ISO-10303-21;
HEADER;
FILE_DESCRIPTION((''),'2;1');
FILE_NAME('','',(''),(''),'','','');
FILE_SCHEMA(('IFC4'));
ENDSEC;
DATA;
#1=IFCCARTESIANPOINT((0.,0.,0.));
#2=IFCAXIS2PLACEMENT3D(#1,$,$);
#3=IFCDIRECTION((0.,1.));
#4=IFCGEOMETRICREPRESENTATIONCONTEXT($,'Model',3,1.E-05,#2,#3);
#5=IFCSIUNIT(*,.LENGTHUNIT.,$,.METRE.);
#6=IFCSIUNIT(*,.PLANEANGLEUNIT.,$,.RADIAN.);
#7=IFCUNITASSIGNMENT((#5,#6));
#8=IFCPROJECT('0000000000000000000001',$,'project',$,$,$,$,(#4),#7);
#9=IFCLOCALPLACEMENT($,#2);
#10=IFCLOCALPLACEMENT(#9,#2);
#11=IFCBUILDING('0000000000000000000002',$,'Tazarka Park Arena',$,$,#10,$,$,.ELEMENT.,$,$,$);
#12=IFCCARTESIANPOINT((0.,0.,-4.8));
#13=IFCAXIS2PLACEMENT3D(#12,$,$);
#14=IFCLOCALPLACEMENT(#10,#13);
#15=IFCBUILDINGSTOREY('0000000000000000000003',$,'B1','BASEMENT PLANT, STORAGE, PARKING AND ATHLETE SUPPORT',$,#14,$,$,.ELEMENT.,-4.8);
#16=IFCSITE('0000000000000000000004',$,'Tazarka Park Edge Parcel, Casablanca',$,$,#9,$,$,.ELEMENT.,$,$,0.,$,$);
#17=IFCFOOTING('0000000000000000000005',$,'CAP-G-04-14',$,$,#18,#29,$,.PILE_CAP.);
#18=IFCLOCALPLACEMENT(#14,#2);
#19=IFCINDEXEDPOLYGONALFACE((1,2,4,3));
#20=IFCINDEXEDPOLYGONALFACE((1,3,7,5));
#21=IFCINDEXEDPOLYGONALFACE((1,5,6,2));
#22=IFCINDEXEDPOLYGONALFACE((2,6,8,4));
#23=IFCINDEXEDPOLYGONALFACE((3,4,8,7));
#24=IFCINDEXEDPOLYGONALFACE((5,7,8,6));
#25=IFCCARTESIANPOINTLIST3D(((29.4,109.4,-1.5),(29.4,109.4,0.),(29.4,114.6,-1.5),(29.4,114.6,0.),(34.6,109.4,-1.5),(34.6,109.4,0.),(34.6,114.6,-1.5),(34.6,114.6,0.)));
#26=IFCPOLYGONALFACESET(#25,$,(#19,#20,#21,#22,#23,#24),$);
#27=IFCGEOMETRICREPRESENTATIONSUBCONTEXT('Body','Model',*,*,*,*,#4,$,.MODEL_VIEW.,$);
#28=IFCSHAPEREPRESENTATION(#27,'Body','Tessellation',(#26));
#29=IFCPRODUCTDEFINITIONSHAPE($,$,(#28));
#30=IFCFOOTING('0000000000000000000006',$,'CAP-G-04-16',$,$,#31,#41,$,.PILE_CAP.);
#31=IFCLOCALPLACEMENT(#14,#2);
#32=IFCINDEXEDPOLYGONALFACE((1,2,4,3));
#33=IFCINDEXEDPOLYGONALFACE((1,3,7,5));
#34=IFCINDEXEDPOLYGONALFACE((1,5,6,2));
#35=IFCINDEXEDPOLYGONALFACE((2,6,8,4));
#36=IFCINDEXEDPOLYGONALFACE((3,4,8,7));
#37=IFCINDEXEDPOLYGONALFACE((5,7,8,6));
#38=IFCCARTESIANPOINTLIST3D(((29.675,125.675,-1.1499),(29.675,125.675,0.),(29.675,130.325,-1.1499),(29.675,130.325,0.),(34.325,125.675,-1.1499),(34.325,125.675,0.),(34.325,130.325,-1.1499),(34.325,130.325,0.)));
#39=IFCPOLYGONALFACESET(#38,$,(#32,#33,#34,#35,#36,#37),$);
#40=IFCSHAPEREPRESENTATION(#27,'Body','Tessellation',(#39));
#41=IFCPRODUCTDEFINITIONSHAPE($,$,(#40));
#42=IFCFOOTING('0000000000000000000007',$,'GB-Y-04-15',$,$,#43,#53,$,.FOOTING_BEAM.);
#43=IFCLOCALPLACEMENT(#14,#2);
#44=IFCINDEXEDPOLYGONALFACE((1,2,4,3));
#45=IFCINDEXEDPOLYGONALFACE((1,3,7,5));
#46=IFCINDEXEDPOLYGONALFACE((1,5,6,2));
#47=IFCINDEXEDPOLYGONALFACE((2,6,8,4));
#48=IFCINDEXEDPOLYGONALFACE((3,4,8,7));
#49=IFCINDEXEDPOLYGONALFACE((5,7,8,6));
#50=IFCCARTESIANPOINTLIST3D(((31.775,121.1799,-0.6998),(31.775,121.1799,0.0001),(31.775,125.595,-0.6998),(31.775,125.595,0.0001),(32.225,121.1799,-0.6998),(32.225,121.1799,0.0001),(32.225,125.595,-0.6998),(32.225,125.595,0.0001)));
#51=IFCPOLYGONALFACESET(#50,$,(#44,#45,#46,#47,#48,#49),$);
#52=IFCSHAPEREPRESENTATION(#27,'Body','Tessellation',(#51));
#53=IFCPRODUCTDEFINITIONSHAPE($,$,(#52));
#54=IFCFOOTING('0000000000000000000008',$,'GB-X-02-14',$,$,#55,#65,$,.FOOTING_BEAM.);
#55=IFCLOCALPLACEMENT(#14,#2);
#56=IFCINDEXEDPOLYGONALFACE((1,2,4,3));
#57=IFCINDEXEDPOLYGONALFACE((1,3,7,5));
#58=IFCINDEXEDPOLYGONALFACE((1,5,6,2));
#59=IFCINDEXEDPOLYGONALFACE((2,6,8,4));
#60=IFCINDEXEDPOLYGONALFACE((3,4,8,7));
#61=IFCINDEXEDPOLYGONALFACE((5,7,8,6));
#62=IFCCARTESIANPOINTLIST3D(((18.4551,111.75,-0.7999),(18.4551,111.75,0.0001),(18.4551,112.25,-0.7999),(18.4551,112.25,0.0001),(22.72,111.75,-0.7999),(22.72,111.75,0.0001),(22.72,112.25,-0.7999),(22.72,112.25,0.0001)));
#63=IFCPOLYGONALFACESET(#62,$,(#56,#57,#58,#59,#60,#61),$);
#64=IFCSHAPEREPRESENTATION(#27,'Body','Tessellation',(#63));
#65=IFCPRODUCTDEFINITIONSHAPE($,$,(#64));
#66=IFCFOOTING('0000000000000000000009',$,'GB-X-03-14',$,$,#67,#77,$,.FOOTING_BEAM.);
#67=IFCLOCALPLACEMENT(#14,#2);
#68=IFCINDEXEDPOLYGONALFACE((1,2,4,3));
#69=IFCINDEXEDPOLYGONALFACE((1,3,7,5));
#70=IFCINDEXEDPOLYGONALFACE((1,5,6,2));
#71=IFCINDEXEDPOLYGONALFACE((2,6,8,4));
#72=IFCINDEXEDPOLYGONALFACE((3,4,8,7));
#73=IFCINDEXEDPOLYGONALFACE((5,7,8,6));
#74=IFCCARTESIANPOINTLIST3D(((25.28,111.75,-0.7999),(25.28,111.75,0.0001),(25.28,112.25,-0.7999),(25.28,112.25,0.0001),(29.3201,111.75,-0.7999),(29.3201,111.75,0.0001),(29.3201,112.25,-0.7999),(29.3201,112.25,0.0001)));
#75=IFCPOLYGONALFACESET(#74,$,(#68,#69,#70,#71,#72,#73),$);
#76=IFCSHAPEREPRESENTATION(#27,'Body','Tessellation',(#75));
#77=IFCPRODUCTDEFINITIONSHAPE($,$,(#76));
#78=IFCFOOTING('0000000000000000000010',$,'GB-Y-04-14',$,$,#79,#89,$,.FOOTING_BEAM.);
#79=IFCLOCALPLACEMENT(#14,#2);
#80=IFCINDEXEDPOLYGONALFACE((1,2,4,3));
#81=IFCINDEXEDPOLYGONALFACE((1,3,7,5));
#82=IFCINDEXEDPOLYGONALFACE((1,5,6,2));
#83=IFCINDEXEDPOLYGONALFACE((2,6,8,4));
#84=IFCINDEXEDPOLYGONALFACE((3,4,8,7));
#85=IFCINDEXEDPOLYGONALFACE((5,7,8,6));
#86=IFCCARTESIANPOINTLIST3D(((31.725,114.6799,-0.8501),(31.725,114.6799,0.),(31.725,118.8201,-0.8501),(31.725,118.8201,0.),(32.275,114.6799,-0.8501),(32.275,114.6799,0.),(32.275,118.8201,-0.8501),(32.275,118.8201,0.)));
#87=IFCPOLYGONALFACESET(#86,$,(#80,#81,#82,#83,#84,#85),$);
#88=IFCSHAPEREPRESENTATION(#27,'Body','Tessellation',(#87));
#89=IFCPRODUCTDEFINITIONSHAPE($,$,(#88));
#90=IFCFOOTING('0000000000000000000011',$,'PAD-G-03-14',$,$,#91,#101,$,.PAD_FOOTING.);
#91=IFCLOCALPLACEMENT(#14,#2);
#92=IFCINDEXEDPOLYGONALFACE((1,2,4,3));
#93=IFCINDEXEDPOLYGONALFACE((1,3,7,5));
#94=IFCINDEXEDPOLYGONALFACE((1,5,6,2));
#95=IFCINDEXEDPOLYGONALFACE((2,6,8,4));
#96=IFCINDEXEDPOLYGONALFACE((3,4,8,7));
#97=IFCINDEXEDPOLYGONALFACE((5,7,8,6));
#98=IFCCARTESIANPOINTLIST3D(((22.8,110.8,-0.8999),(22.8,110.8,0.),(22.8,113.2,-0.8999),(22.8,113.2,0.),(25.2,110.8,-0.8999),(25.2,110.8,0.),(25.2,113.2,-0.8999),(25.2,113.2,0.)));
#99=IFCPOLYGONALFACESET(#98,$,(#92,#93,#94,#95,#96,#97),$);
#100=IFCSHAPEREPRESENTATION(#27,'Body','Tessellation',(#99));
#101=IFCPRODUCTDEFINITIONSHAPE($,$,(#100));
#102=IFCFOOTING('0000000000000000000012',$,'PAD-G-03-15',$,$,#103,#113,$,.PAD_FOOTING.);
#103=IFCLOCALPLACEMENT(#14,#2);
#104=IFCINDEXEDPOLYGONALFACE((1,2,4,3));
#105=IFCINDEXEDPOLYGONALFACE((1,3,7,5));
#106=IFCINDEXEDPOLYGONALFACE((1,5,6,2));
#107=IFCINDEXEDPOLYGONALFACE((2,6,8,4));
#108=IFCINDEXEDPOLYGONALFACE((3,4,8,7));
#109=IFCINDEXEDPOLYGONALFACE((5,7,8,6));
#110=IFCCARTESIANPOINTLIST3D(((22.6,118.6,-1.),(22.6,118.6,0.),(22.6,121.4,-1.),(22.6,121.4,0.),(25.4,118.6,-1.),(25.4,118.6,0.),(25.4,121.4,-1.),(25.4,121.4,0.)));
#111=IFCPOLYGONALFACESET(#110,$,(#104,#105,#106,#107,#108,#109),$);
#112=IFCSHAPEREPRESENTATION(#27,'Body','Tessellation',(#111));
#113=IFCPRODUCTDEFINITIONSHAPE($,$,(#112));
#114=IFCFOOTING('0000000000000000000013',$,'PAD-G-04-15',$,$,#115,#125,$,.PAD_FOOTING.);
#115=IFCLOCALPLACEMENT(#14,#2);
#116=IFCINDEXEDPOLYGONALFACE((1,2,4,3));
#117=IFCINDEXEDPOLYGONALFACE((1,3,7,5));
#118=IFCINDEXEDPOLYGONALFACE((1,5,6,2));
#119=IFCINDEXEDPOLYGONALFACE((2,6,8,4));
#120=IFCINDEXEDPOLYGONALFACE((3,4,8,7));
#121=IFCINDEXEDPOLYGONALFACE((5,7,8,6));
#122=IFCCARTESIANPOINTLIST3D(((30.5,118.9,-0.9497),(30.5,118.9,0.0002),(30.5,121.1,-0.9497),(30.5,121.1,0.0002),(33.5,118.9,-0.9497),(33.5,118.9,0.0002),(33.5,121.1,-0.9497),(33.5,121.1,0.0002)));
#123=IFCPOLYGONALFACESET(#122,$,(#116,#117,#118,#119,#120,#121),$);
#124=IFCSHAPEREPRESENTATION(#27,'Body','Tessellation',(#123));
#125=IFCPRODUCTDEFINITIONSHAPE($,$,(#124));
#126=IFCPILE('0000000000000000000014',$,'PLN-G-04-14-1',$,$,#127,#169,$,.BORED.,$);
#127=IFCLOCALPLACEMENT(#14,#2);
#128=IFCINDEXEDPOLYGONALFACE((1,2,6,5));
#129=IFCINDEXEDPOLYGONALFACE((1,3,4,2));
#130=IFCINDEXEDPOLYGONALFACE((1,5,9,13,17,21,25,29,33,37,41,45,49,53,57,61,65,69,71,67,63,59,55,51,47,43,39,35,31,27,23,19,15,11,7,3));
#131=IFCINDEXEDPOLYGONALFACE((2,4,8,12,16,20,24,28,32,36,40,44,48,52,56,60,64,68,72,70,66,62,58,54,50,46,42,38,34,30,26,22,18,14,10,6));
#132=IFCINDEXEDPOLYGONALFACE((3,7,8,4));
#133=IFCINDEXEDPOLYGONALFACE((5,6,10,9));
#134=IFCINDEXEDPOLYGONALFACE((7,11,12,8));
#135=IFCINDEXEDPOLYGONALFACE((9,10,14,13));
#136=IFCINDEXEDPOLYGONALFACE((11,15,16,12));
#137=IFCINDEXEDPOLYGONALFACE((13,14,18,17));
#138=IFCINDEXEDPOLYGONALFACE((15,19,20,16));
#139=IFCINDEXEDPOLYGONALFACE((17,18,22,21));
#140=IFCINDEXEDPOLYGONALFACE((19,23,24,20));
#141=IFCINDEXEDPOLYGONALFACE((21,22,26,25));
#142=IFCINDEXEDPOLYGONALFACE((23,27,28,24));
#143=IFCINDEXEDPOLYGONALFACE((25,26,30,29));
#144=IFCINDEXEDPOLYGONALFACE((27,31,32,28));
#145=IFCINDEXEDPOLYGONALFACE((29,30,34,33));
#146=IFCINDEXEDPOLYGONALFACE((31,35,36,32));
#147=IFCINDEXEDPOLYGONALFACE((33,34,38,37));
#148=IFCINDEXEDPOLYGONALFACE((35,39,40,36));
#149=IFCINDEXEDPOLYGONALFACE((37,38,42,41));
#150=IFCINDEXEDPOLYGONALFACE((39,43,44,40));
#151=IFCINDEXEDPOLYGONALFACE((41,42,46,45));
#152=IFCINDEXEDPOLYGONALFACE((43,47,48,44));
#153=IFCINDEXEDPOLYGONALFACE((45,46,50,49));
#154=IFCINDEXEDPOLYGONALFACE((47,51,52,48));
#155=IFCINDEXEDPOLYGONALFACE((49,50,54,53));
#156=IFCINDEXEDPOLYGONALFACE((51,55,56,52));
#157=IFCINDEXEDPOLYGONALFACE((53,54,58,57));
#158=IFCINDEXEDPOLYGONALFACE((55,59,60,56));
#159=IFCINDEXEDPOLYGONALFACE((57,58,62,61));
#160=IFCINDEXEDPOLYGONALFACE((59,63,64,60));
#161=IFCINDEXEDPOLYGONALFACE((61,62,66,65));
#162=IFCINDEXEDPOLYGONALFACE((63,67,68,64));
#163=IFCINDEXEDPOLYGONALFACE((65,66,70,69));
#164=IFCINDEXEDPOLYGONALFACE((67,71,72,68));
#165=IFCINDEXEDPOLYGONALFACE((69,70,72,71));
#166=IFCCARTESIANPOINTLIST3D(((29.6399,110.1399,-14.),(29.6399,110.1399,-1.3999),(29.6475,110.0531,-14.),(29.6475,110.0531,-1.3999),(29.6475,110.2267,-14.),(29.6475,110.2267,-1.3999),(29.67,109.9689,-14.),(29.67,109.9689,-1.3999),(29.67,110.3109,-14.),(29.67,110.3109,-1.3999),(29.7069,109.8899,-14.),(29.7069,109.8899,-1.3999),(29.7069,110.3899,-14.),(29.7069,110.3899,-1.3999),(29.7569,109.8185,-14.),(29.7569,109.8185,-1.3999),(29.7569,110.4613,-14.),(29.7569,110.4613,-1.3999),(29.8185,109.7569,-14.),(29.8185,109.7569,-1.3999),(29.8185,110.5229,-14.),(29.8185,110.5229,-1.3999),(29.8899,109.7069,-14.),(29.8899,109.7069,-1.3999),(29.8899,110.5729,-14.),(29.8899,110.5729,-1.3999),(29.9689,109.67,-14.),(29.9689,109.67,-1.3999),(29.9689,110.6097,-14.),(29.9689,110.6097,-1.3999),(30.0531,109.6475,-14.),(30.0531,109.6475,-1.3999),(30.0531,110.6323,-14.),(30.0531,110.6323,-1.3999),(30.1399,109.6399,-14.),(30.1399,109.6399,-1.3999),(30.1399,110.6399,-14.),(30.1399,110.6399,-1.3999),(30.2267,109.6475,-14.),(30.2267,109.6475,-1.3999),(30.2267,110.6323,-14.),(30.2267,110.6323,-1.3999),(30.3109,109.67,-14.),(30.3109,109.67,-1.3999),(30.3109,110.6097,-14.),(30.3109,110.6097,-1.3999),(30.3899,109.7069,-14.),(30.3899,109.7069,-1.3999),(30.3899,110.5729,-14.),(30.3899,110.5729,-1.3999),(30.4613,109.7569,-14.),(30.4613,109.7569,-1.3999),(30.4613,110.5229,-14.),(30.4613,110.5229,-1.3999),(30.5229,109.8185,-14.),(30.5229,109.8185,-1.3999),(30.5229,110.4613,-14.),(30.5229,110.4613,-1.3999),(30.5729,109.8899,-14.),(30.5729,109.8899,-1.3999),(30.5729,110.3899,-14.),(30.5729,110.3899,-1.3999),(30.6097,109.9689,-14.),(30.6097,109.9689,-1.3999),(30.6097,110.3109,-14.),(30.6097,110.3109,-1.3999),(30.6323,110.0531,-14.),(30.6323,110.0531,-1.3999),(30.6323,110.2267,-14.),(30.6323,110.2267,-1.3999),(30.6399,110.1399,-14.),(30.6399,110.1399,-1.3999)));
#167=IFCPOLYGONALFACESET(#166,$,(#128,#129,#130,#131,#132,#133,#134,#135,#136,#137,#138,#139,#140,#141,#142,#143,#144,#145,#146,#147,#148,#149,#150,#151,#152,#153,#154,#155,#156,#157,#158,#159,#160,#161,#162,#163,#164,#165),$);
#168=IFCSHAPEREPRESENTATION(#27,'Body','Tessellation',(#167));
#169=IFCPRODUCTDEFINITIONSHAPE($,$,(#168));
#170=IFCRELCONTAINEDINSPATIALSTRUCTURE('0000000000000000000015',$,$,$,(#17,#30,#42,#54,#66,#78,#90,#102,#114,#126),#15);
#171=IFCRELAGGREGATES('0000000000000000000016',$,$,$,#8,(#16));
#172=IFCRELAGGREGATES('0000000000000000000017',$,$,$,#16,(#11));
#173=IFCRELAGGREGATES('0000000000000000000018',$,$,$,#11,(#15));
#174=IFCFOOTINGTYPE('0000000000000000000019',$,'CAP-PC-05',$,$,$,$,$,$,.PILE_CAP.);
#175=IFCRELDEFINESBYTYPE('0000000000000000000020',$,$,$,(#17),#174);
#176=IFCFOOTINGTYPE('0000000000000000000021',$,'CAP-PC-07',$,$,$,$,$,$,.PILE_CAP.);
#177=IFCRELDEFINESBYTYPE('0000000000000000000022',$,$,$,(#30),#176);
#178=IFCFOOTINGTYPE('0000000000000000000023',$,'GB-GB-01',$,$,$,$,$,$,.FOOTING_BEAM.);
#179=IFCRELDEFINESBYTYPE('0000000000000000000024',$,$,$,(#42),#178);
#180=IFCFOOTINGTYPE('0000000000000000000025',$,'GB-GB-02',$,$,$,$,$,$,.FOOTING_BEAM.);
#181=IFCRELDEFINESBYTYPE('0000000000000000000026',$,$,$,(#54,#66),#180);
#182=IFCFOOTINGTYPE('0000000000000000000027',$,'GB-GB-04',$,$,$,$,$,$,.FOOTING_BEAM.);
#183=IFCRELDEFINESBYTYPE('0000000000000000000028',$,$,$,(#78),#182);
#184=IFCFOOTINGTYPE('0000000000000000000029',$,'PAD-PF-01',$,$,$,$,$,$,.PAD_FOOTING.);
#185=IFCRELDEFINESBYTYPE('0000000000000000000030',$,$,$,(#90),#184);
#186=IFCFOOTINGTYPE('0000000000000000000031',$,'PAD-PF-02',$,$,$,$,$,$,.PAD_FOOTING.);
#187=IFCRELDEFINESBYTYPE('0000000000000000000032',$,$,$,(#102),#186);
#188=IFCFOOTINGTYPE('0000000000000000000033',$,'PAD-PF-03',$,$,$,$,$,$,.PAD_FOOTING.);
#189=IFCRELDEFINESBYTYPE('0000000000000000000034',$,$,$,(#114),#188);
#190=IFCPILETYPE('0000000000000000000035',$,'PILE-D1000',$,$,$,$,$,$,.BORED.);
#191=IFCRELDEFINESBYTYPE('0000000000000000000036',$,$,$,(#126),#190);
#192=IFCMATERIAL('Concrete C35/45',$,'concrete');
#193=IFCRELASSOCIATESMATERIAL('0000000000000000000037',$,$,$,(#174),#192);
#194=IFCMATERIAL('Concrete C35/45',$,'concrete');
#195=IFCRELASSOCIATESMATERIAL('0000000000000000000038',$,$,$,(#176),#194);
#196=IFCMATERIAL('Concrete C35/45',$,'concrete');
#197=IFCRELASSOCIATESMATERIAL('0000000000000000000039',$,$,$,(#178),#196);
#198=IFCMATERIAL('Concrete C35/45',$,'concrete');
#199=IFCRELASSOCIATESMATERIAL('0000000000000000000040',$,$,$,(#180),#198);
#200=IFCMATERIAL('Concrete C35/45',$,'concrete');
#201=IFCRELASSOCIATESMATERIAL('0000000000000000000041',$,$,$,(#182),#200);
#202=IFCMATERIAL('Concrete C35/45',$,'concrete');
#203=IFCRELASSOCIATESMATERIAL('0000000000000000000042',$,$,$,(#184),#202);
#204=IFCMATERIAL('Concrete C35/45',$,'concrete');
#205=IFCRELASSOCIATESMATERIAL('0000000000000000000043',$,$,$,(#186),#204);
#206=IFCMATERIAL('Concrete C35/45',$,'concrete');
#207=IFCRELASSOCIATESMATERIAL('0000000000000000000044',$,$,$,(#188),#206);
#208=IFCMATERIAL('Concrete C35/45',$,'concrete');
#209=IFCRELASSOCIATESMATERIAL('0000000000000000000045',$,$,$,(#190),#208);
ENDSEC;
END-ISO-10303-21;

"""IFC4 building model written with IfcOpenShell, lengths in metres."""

from ifc_helpers import new_model, si_unit, direction, frame, origin, origin_2d, place, context, subcontext, project, spatial, rectangle, circle, extrude, material, material_profile, profile_set, type_object, element, save


model = new_model("IFC4")

# Units and contexts
model_context = context("Model", 3, precision=1e-05, world=origin(), true_north=direction((0.0, 1.0)))
body_context = subcontext(model_context, "Body", "Model", "MODEL_VIEW")
ifc_project = project(units=[si_unit("LENGTHUNIT", "METRE"), si_unit("PLANEANGLEUNIT", "RADIAN")], contexts=[model_context])

# Site, building, storey
site_placement = place(None, origin())
site = spatial("IfcSite", under=ifc_project, at=site_placement, Name="Tazarka Park Edge Parcel, Casablanca", CompositionType="ELEMENT", RefElevation=0.0)
building_placement = place(site_placement, origin())
building = spatial("IfcBuilding", under=site, at=building_placement, Name="Tazarka Park Arena", CompositionType="ELEMENT")
storey_placement = place(building_placement, frame((0.0, 0.0, -4.8)))
storey = spatial("IfcBuildingStorey", under=building, at=storey_placement, Name="B1", Description="BASEMENT PLANT, STORAGE, PARKING AND ATHLETE SUPPORT", CompositionType="ELEMENT", Elevation=-4.8)

# Footings
ifc_material_1 = material(Name="Concrete C35/45", Category="concrete")
footing_type_1 = type_object("IfcFootingType", Name="CAP-PC-05", PredefinedType="PILE_CAP", material=ifc_material_1)
footing_1_placement = place(storey_placement, frame((32.0, 112.0, -1.5), z_axis=(0.0, 0.0, 1.0), x_axis=(1.0, 0.0, 0.0)))
element("IfcFooting", 1, at=footing_1_placement, inside=storey, type_object=footing_type_1, Name="CAP-G-04-14", PredefinedType="PILE_CAP", context=body_context, shape_type="SweptSolid", body=[
    extrude(rectangle(XDim=5.2, YDim=5.2, at=origin_2d()), origin(), (0.0, 0.0, 1.0), 1.5),
])
ifc_material_2 = material(Name="Concrete C35/45", Category="concrete")
footing_type_2 = type_object("IfcFootingType", Name="CAP-PC-07", PredefinedType="PILE_CAP", material=ifc_material_2)
footing_2_placement = place(storey_placement, frame((32.0, 128.0, -1.1499), z_axis=(0.0, 0.0, 1.0), x_axis=(1.0, 0.0, 0.0)))
element("IfcFooting", 2, at=footing_2_placement, inside=storey, type_object=footing_type_2, Name="CAP-G-04-16", PredefinedType="PILE_CAP", context=body_context, shape_type="SweptSolid", body=[
    extrude(rectangle(XDim=4.6499, YDim=4.6499, at=origin_2d()), origin(), (0.0, 0.0, 1.0), 1.1499),
])
ifc_material_3 = material(Name="Concrete C35/45", Category="concrete")
ifc_material_profile_1 = material_profile(ifc_material_3, rectangle(XDim=0.45, YDim=0.7, at=origin_2d()), Name="Concrete C35/45")
ifc_profile_set_1 = profile_set([ifc_material_profile_1], Name="Concrete C35/45")
footing_type_3 = type_object("IfcFootingType", Name="GB-GB-01", PredefinedType="FOOTING_BEAM", material=ifc_profile_set_1)
footing_3_placement = place(storey_placement, frame((32.0, 121.1799, -0.3499), z_axis=(0.0, 1.0, 0.0), x_axis=(-1.0, 0.0, 0.0)))
element("IfcFooting", 3, at=footing_3_placement, inside=storey, type_object=footing_type_3, Name="GB-Y-04-15", PredefinedType="FOOTING_BEAM", context=body_context, shape_type="SweptSolid", body=[
    extrude(rectangle(XDim=0.45, YDim=0.7, at=origin_2d()), origin(), (0.0, 0.0, 1.0), 4.415),
])
ifc_material_4 = material(Name="Concrete C35/45", Category="concrete")
ifc_material_profile_2 = material_profile(ifc_material_4, rectangle(XDim=0.5, YDim=0.8, at=origin_2d()), Name="Concrete C35/45")
ifc_profile_set_2 = profile_set([ifc_material_profile_2], Name="Concrete C35/45")
footing_type_4 = type_object("IfcFootingType", Name="GB-GB-02", PredefinedType="FOOTING_BEAM", material=ifc_profile_set_2)
footing_4_placement = place(storey_placement, frame((18.4551, 112.0, -0.3999), z_axis=(1.0, 0.0, 0.0), x_axis=(0.0, 1.0, 0.0)))
element("IfcFooting", 4, at=footing_4_placement, inside=storey, type_object=footing_type_4, Name="GB-X-02-14", PredefinedType="FOOTING_BEAM", context=body_context, shape_type="SweptSolid", body=[
    extrude(rectangle(XDim=0.5, YDim=0.8, at=origin_2d()), origin(), (0.0, 0.0, 1.0), 4.2649),
])
footing_5_placement = place(storey_placement, frame((25.28, 112.0, -0.3999), z_axis=(1.0, 0.0, 0.0), x_axis=(0.0, 1.0, 0.0)))
element("IfcFooting", 5, at=footing_5_placement, inside=storey, type_object=footing_type_4, Name="GB-X-03-14", PredefinedType="FOOTING_BEAM", context=body_context, shape_type="SweptSolid", body=[
    extrude(rectangle(XDim=0.5, YDim=0.8, at=origin_2d()), origin(), (0.0, 0.0, 1.0), 4.04),
])
ifc_material_5 = material(Name="Concrete C35/45", Category="concrete")
ifc_material_profile_3 = material_profile(ifc_material_5, rectangle(XDim=0.55, YDim=0.8501, at=origin_2d()), Name="Concrete C35/45")
ifc_profile_set_3 = profile_set([ifc_material_profile_3], Name="Concrete C35/45")
footing_type_5 = type_object("IfcFootingType", Name="GB-GB-04", PredefinedType="FOOTING_BEAM", material=ifc_profile_set_3)
footing_6_placement = place(storey_placement, frame((32.0, 114.6799, -0.425), z_axis=(0.0, 1.0, 0.0), x_axis=(-1.0, 0.0, 0.0)))
element("IfcFooting", 6, at=footing_6_placement, inside=storey, type_object=footing_type_5, Name="GB-Y-04-14", PredefinedType="FOOTING_BEAM", context=body_context, shape_type="SweptSolid", body=[
    extrude(rectangle(XDim=0.55, YDim=0.8501, at=origin_2d()), origin(), (0.0, 0.0, 1.0), 4.1401),
])
ifc_material_6 = material(Name="Concrete C35/45", Category="concrete")
footing_type_6 = type_object("IfcFootingType", Name="PAD-PF-01", PredefinedType="PAD_FOOTING", material=ifc_material_6)
footing_7_placement = place(storey_placement, frame((24.0, 112.0, -0.8999), z_axis=(0.0, 0.0, 1.0), x_axis=(1.0, 0.0, 0.0)))
element("IfcFooting", 7, at=footing_7_placement, inside=storey, type_object=footing_type_6, Name="PAD-G-03-14", PredefinedType="PAD_FOOTING", context=body_context, shape_type="SweptSolid", body=[
    extrude(rectangle(XDim=2.3999, YDim=2.3999, at=origin_2d()), origin(), (0.0, 0.0, 1.0), 0.8999),
])
ifc_material_7 = material(Name="Concrete C35/45", Category="concrete")
footing_type_7 = type_object("IfcFootingType", Name="PAD-PF-02", PredefinedType="PAD_FOOTING", material=ifc_material_7)
footing_8_placement = place(storey_placement, frame((24.0, 120.0, -1.0), z_axis=(0.0, 0.0, 1.0), x_axis=(1.0, 0.0, 0.0)))
element("IfcFooting", 8, at=footing_8_placement, inside=storey, type_object=footing_type_7, Name="PAD-G-03-15", PredefinedType="PAD_FOOTING", context=body_context, shape_type="SweptSolid", body=[
    extrude(rectangle(XDim=2.8, YDim=2.8, at=origin_2d()), origin(), (0.0, 0.0, 1.0), 1.0),
])
ifc_material_8 = material(Name="Concrete C35/45", Category="concrete")
footing_type_8 = type_object("IfcFootingType", Name="PAD-PF-03", PredefinedType="PAD_FOOTING", material=ifc_material_8)
footing_9_placement = place(storey_placement, frame((32.0, 120.0, -0.9497), z_axis=(0.0, 0.0, 1.0), x_axis=(1.0, 0.0, 0.0)))
element("IfcFooting", 9, at=footing_9_placement, inside=storey, type_object=footing_type_8, Name="PAD-G-04-15", PredefinedType="PAD_FOOTING", context=body_context, shape_type="SweptSolid", body=[
    extrude(rectangle(XDim=3.0, YDim=2.2, at=origin_2d()), origin(), (0.0, 0.0, 1.0), 0.95),
])

# Pile
ifc_material_9 = material(Name="Concrete C35/45", Category="concrete")
ifc_material_profile_4 = material_profile(ifc_material_9, circle(Radius=0.5, at=origin_2d()), Name="Concrete C35/45")
ifc_profile_set_4 = profile_set([ifc_material_profile_4], Name="Concrete C35/45")
pile_type_1 = type_object("IfcPileType", Name="PILE-D1000", PredefinedType="BORED", material=ifc_profile_set_4)
for number, where, z_axis, x_axis, name in (
    (10, (30.1399, 110.1399, -1.3999), (0.0, 0.0, -1.0), (1.0, 0.0, 0.0), "PLN-G-04-14-1"),
):
    element("IfcPile", number, at=place(storey_placement, frame(where, z_axis=z_axis, x_axis=x_axis)), inside=storey, type_object=pile_type_1, Name=name, PredefinedType="BORED", context=body_context, shape_type="SweptSolid", body=[
        extrude(circle(Radius=0.5, at=origin_2d()), origin(), (0.0, 0.0, 1.0), 12.6001),
    ])

save(model, "model.ifc")
